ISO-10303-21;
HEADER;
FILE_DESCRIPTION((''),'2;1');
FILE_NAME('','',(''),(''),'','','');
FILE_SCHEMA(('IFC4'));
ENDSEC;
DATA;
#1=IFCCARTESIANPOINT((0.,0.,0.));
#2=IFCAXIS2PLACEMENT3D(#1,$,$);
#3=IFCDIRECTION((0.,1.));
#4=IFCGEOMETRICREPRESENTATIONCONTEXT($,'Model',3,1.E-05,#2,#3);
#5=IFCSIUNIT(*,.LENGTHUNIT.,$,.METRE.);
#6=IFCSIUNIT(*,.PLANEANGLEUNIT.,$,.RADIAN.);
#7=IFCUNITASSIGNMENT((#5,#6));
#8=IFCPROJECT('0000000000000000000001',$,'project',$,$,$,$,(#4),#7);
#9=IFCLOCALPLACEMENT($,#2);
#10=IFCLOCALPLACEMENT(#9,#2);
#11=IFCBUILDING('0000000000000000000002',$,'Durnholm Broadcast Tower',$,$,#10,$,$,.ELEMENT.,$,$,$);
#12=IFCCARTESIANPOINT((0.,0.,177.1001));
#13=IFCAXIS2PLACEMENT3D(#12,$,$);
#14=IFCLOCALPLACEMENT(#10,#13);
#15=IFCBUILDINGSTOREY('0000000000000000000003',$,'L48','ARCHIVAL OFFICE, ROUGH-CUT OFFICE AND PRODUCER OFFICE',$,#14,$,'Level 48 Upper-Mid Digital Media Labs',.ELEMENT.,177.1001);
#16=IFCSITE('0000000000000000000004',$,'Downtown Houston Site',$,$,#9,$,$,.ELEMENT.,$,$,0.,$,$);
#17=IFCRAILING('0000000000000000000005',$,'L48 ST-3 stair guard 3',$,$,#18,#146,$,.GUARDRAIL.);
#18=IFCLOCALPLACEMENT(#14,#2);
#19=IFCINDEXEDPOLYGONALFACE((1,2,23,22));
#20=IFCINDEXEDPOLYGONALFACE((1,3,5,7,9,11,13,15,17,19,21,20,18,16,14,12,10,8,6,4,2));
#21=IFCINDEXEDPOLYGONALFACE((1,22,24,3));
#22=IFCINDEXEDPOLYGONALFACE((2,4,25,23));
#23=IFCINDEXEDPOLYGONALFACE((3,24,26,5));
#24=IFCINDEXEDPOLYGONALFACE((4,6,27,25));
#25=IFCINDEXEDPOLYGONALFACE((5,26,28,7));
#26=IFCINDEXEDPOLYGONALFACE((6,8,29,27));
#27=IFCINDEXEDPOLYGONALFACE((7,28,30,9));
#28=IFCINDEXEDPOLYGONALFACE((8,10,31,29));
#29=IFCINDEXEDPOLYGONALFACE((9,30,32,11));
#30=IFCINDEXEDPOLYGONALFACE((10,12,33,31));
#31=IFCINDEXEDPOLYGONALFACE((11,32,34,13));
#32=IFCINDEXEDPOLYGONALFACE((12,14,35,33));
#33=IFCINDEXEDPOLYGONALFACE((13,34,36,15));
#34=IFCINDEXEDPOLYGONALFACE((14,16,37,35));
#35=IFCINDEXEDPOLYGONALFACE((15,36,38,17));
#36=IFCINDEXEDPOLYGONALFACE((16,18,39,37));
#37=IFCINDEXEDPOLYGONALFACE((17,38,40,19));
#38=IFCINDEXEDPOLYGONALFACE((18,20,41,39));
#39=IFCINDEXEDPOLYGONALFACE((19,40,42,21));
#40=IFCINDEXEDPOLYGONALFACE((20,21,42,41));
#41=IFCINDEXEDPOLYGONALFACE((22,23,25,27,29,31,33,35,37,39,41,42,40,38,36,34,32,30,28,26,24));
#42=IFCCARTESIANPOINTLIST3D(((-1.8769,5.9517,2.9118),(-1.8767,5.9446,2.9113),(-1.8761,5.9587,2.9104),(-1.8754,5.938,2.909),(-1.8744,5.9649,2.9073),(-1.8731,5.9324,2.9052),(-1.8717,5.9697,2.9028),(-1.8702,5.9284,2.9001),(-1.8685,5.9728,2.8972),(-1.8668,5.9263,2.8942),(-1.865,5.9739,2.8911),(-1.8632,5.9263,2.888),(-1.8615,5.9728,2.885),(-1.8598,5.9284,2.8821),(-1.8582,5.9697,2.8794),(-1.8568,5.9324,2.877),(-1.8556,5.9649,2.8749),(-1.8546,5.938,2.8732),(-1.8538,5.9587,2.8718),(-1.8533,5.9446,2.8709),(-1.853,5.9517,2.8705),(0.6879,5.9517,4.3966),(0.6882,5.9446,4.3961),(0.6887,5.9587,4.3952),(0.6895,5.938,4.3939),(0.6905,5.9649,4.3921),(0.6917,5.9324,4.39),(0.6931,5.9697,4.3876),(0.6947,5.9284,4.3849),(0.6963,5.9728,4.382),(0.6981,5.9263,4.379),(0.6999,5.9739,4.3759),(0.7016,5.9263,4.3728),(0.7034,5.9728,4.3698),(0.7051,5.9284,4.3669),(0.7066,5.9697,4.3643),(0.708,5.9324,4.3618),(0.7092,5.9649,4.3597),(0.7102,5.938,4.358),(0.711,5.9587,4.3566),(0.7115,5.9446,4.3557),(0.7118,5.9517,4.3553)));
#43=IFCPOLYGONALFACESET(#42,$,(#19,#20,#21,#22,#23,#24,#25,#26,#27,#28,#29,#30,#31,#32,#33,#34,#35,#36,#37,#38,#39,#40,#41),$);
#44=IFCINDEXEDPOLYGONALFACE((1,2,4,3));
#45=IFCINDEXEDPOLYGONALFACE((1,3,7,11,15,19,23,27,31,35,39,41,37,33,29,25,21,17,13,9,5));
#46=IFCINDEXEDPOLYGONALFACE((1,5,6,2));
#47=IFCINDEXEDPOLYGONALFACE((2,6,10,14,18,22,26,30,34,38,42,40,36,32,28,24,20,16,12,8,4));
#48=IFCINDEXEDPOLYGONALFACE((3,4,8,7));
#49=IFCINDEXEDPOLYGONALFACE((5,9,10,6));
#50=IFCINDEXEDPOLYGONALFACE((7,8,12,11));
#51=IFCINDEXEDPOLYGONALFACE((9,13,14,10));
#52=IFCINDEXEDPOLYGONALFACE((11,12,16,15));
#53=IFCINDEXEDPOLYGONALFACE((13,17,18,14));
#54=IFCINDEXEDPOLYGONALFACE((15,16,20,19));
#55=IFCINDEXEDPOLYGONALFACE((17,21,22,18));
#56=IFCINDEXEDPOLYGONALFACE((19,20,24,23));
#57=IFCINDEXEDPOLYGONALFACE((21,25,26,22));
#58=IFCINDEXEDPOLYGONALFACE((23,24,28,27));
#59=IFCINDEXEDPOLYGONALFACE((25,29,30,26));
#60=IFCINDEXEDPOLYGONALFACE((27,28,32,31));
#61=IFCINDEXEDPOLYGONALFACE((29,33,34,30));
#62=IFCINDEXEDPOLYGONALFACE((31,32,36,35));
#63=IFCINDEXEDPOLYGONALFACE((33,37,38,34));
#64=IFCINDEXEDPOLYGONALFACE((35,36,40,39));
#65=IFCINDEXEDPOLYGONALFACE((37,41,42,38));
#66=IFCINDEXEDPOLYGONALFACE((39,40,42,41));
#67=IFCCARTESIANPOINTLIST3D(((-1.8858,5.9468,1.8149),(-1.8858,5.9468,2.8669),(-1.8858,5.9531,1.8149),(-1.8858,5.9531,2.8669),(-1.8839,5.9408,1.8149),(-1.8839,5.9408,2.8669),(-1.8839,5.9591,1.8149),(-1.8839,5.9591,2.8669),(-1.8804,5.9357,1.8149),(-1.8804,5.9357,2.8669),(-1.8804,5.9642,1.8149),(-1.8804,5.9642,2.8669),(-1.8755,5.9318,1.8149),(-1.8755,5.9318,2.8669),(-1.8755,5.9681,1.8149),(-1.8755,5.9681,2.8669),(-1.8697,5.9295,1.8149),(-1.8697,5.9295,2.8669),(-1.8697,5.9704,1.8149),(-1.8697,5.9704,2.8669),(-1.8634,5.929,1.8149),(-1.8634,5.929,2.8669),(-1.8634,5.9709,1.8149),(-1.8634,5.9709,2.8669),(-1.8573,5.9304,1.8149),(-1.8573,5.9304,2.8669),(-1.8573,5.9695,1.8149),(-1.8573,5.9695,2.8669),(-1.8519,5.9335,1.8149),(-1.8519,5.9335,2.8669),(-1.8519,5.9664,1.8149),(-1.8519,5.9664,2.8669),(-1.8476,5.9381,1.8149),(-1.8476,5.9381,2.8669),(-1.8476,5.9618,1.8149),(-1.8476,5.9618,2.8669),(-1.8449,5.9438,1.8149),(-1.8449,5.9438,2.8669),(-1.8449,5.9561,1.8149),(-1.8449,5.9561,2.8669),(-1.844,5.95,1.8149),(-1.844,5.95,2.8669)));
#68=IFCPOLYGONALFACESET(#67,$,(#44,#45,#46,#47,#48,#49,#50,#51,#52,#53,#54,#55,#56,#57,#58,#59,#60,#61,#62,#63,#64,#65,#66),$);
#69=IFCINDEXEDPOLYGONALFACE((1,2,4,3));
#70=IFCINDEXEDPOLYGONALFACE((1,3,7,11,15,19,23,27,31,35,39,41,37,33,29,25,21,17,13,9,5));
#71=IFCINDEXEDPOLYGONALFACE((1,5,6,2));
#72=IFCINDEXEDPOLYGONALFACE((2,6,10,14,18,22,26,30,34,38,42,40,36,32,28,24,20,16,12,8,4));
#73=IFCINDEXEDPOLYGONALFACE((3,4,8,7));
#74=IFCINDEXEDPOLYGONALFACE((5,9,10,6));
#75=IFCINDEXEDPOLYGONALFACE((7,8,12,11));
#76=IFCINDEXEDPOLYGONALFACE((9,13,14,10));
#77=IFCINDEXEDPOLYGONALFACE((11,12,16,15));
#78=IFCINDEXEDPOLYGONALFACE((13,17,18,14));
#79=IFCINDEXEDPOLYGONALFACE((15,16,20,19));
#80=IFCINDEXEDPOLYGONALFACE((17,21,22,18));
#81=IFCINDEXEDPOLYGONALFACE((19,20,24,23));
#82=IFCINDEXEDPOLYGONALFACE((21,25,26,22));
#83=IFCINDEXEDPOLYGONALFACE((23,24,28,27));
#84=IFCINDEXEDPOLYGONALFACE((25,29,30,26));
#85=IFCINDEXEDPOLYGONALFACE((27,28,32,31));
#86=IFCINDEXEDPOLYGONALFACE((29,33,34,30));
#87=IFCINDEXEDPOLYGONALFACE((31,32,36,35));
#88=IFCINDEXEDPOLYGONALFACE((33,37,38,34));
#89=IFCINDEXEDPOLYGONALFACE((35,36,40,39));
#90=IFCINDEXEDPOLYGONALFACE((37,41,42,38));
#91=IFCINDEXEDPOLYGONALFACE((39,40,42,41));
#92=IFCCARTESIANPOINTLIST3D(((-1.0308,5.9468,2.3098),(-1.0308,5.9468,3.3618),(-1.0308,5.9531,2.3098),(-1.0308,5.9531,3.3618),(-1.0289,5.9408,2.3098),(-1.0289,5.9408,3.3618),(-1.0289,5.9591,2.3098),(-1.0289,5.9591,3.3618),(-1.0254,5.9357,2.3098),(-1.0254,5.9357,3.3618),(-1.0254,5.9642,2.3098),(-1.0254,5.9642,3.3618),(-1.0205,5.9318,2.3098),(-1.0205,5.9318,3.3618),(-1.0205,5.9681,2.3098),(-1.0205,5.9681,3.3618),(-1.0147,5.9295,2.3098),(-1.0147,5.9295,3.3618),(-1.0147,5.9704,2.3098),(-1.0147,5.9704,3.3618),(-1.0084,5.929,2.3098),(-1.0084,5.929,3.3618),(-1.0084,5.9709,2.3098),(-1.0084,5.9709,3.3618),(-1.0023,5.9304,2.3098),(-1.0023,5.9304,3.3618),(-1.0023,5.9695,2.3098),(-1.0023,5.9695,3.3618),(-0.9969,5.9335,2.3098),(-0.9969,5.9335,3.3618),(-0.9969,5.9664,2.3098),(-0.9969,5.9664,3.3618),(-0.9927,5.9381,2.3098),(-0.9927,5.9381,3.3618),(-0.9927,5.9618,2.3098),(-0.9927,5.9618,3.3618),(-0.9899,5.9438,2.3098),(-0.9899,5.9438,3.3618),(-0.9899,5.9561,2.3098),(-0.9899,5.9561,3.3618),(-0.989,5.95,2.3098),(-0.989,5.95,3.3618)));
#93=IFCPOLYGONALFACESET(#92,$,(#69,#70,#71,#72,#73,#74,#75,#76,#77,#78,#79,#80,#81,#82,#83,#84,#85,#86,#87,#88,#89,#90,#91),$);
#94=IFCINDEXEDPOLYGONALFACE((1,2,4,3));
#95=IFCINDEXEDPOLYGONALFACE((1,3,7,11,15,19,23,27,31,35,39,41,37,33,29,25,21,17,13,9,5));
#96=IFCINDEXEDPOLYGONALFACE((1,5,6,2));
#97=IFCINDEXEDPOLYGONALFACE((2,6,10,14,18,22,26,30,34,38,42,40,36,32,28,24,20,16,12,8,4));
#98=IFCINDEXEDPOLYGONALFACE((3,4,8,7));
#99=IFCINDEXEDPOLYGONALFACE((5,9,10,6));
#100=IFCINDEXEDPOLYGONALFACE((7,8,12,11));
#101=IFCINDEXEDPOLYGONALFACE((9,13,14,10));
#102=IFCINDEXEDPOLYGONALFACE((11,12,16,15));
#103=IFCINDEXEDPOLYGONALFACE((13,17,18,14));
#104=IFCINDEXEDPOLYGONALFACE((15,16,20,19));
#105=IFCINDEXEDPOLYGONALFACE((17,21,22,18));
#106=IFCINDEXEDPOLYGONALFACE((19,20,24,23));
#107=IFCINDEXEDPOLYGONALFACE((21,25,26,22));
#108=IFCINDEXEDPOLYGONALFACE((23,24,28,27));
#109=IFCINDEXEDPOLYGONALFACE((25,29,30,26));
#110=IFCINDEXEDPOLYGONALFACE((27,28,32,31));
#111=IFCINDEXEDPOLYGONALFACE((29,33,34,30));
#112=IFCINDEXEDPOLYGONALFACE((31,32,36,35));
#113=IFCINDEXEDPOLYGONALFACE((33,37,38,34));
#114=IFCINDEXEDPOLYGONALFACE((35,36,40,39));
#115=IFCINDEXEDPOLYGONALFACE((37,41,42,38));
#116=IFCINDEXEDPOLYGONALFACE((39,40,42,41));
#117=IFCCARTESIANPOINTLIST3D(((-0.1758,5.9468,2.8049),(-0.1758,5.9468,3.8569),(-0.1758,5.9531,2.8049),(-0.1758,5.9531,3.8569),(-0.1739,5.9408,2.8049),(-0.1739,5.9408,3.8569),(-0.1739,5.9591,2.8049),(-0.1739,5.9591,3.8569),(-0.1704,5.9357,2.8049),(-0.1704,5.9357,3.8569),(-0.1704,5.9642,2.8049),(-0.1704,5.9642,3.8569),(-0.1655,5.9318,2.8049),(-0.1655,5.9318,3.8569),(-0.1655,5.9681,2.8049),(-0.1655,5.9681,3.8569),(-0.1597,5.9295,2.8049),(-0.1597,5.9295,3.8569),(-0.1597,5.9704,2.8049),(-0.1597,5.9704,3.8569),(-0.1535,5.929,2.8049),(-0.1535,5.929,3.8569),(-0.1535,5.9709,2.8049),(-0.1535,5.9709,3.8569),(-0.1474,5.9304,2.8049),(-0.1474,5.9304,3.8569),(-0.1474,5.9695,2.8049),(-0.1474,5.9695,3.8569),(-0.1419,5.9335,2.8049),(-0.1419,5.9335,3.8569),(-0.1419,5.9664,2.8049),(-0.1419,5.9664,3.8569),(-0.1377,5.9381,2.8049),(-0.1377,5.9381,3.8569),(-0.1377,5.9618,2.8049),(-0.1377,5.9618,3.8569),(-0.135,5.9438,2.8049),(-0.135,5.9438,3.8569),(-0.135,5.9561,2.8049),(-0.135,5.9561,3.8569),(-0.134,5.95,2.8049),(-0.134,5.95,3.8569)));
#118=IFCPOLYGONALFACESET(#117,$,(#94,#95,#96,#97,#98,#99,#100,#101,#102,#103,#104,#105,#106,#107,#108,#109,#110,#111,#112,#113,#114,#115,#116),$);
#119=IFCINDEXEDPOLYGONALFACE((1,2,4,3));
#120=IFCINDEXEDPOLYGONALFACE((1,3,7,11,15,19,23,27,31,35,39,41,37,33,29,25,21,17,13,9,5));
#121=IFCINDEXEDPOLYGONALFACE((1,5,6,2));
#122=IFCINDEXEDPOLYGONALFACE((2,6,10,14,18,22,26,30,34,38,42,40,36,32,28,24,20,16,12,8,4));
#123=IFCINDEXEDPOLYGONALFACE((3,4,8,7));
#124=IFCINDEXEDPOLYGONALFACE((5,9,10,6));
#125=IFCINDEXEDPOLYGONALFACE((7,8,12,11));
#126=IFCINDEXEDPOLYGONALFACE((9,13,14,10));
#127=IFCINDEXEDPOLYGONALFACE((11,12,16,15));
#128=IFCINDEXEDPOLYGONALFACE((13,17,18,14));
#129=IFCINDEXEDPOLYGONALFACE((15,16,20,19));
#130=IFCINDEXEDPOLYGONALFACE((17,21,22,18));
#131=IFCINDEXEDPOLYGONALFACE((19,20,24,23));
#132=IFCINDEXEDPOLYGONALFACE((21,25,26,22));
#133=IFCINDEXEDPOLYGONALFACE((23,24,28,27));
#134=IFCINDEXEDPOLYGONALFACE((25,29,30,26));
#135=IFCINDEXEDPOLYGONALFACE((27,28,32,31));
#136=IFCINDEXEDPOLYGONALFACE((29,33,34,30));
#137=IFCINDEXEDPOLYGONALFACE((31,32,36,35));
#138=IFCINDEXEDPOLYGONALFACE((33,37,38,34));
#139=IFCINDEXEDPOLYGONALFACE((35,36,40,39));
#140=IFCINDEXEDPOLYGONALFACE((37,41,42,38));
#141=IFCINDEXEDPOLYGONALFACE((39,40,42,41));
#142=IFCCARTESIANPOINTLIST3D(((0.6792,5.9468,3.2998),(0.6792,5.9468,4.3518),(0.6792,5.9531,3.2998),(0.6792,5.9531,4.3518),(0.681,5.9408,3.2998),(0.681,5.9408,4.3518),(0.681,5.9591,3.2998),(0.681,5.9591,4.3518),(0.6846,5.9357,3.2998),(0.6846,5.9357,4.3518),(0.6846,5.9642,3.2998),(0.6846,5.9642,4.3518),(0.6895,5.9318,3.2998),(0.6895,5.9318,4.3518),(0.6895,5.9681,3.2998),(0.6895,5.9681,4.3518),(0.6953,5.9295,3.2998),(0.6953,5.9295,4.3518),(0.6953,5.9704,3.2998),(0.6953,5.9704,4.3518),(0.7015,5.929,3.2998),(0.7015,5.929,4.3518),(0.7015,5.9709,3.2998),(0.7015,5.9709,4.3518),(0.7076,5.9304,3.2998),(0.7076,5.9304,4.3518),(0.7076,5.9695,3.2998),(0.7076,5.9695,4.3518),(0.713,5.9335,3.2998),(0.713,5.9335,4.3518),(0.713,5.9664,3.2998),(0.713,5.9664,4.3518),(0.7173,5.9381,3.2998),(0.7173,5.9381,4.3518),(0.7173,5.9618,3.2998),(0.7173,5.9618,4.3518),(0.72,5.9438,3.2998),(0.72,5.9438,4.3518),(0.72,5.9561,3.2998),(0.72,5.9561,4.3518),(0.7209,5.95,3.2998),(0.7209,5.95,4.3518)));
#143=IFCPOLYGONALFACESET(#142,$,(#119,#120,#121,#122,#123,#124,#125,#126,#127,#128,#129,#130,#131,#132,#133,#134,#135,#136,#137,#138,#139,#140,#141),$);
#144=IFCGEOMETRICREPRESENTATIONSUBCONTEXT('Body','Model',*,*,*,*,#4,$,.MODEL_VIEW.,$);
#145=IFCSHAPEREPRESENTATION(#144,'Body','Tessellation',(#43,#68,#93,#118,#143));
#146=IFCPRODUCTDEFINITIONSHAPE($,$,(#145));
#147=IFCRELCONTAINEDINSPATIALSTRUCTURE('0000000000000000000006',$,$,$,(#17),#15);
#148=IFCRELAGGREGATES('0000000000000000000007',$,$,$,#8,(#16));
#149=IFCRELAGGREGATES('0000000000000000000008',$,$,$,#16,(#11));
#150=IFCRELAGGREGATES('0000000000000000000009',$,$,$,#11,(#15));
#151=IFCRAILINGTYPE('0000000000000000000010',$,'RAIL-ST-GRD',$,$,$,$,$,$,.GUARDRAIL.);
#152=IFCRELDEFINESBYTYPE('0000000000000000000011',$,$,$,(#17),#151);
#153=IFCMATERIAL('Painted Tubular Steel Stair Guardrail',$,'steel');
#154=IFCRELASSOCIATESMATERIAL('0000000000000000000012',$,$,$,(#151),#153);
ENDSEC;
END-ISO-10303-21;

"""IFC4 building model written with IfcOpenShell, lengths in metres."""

from ifc_helpers import new_model, si_unit, direction, frame, origin, origin_2d, place, context, subcontext, project, spatial, circle, extrude, material, type_object, element, save


model = new_model("IFC4")

# Units and contexts
model_context = context("Model", 3, precision=1e-05, world=origin(), true_north=direction((0.0, 1.0)))
body_context = subcontext(model_context, "Body", "Model", "MODEL_VIEW")
ifc_project = project(units=[si_unit("LENGTHUNIT", "METRE"), si_unit("PLANEANGLEUNIT", "RADIAN")], contexts=[model_context])

# Site, building, storey
site_placement = place(None, origin())
site = spatial("IfcSite", under=ifc_project, at=site_placement, Name="Downtown Houston Site", CompositionType="ELEMENT", RefElevation=0.0)
building_placement = place(site_placement, origin())
building = spatial("IfcBuilding", under=site, at=building_placement, Name="Durnholm Broadcast Tower", CompositionType="ELEMENT")
storey_placement = place(building_placement, frame((0.0, 0.0, 177.1001)))
storey = spatial("IfcBuildingStorey", under=building, at=storey_placement, Name="L48", Description="ARCHIVAL OFFICE, ROUGH-CUT OFFICE AND PRODUCER OFFICE", LongName="Level 48 Upper-Mid Digital Media Labs", CompositionType="ELEMENT", Elevation=177.1001)

# Railing
ifc_material_1 = material(Name="Painted Tubular Steel Stair Guardrail", Category="steel")
railing_type_1 = type_object("IfcRailingType", Name="RAIL-ST-GRD", PredefinedType="GUARDRAIL", material=ifc_material_1)
railing_1_placement = place(storey_placement, frame((-1.865, 5.95, 1.8149)))
element("IfcRailing", 1, at=railing_1_placement, inside=storey, type_object=railing_type_1, Name="L48 ST-3 stair guard 3", PredefinedType="GUARDRAIL", context=body_context, shape_type="SweptSolid", body=[
    extrude(circle(Radius=0.0239, at=origin_2d()), frame((0.0, 0.0, 1.0762), z_axis=(0.865441, 0.0, 0.50101), x_axis=(0.0, 1.0, 0.0)), (0.0, 0.0, 1.0), 2.9636),
    extrude(circle(Radius=0.021, at=origin_2d()), origin(), (0.0, 0.0, 1.0), 1.052),
    extrude(circle(Radius=0.021, at=origin_2d()), frame((0.855, 0.0, 0.4949)), (0.0, 0.0, 1.0), 1.052),
    extrude(circle(Radius=0.021, at=origin_2d()), frame((1.71, 0.0, 0.99)), (0.0, 0.0, 1.0), 1.052),
    extrude(circle(Radius=0.021, at=origin_2d()), frame((2.5649, 0.0, 1.4849)), (0.0, 0.0, 1.0), 1.052),
])

save(model, "model.ifc")
